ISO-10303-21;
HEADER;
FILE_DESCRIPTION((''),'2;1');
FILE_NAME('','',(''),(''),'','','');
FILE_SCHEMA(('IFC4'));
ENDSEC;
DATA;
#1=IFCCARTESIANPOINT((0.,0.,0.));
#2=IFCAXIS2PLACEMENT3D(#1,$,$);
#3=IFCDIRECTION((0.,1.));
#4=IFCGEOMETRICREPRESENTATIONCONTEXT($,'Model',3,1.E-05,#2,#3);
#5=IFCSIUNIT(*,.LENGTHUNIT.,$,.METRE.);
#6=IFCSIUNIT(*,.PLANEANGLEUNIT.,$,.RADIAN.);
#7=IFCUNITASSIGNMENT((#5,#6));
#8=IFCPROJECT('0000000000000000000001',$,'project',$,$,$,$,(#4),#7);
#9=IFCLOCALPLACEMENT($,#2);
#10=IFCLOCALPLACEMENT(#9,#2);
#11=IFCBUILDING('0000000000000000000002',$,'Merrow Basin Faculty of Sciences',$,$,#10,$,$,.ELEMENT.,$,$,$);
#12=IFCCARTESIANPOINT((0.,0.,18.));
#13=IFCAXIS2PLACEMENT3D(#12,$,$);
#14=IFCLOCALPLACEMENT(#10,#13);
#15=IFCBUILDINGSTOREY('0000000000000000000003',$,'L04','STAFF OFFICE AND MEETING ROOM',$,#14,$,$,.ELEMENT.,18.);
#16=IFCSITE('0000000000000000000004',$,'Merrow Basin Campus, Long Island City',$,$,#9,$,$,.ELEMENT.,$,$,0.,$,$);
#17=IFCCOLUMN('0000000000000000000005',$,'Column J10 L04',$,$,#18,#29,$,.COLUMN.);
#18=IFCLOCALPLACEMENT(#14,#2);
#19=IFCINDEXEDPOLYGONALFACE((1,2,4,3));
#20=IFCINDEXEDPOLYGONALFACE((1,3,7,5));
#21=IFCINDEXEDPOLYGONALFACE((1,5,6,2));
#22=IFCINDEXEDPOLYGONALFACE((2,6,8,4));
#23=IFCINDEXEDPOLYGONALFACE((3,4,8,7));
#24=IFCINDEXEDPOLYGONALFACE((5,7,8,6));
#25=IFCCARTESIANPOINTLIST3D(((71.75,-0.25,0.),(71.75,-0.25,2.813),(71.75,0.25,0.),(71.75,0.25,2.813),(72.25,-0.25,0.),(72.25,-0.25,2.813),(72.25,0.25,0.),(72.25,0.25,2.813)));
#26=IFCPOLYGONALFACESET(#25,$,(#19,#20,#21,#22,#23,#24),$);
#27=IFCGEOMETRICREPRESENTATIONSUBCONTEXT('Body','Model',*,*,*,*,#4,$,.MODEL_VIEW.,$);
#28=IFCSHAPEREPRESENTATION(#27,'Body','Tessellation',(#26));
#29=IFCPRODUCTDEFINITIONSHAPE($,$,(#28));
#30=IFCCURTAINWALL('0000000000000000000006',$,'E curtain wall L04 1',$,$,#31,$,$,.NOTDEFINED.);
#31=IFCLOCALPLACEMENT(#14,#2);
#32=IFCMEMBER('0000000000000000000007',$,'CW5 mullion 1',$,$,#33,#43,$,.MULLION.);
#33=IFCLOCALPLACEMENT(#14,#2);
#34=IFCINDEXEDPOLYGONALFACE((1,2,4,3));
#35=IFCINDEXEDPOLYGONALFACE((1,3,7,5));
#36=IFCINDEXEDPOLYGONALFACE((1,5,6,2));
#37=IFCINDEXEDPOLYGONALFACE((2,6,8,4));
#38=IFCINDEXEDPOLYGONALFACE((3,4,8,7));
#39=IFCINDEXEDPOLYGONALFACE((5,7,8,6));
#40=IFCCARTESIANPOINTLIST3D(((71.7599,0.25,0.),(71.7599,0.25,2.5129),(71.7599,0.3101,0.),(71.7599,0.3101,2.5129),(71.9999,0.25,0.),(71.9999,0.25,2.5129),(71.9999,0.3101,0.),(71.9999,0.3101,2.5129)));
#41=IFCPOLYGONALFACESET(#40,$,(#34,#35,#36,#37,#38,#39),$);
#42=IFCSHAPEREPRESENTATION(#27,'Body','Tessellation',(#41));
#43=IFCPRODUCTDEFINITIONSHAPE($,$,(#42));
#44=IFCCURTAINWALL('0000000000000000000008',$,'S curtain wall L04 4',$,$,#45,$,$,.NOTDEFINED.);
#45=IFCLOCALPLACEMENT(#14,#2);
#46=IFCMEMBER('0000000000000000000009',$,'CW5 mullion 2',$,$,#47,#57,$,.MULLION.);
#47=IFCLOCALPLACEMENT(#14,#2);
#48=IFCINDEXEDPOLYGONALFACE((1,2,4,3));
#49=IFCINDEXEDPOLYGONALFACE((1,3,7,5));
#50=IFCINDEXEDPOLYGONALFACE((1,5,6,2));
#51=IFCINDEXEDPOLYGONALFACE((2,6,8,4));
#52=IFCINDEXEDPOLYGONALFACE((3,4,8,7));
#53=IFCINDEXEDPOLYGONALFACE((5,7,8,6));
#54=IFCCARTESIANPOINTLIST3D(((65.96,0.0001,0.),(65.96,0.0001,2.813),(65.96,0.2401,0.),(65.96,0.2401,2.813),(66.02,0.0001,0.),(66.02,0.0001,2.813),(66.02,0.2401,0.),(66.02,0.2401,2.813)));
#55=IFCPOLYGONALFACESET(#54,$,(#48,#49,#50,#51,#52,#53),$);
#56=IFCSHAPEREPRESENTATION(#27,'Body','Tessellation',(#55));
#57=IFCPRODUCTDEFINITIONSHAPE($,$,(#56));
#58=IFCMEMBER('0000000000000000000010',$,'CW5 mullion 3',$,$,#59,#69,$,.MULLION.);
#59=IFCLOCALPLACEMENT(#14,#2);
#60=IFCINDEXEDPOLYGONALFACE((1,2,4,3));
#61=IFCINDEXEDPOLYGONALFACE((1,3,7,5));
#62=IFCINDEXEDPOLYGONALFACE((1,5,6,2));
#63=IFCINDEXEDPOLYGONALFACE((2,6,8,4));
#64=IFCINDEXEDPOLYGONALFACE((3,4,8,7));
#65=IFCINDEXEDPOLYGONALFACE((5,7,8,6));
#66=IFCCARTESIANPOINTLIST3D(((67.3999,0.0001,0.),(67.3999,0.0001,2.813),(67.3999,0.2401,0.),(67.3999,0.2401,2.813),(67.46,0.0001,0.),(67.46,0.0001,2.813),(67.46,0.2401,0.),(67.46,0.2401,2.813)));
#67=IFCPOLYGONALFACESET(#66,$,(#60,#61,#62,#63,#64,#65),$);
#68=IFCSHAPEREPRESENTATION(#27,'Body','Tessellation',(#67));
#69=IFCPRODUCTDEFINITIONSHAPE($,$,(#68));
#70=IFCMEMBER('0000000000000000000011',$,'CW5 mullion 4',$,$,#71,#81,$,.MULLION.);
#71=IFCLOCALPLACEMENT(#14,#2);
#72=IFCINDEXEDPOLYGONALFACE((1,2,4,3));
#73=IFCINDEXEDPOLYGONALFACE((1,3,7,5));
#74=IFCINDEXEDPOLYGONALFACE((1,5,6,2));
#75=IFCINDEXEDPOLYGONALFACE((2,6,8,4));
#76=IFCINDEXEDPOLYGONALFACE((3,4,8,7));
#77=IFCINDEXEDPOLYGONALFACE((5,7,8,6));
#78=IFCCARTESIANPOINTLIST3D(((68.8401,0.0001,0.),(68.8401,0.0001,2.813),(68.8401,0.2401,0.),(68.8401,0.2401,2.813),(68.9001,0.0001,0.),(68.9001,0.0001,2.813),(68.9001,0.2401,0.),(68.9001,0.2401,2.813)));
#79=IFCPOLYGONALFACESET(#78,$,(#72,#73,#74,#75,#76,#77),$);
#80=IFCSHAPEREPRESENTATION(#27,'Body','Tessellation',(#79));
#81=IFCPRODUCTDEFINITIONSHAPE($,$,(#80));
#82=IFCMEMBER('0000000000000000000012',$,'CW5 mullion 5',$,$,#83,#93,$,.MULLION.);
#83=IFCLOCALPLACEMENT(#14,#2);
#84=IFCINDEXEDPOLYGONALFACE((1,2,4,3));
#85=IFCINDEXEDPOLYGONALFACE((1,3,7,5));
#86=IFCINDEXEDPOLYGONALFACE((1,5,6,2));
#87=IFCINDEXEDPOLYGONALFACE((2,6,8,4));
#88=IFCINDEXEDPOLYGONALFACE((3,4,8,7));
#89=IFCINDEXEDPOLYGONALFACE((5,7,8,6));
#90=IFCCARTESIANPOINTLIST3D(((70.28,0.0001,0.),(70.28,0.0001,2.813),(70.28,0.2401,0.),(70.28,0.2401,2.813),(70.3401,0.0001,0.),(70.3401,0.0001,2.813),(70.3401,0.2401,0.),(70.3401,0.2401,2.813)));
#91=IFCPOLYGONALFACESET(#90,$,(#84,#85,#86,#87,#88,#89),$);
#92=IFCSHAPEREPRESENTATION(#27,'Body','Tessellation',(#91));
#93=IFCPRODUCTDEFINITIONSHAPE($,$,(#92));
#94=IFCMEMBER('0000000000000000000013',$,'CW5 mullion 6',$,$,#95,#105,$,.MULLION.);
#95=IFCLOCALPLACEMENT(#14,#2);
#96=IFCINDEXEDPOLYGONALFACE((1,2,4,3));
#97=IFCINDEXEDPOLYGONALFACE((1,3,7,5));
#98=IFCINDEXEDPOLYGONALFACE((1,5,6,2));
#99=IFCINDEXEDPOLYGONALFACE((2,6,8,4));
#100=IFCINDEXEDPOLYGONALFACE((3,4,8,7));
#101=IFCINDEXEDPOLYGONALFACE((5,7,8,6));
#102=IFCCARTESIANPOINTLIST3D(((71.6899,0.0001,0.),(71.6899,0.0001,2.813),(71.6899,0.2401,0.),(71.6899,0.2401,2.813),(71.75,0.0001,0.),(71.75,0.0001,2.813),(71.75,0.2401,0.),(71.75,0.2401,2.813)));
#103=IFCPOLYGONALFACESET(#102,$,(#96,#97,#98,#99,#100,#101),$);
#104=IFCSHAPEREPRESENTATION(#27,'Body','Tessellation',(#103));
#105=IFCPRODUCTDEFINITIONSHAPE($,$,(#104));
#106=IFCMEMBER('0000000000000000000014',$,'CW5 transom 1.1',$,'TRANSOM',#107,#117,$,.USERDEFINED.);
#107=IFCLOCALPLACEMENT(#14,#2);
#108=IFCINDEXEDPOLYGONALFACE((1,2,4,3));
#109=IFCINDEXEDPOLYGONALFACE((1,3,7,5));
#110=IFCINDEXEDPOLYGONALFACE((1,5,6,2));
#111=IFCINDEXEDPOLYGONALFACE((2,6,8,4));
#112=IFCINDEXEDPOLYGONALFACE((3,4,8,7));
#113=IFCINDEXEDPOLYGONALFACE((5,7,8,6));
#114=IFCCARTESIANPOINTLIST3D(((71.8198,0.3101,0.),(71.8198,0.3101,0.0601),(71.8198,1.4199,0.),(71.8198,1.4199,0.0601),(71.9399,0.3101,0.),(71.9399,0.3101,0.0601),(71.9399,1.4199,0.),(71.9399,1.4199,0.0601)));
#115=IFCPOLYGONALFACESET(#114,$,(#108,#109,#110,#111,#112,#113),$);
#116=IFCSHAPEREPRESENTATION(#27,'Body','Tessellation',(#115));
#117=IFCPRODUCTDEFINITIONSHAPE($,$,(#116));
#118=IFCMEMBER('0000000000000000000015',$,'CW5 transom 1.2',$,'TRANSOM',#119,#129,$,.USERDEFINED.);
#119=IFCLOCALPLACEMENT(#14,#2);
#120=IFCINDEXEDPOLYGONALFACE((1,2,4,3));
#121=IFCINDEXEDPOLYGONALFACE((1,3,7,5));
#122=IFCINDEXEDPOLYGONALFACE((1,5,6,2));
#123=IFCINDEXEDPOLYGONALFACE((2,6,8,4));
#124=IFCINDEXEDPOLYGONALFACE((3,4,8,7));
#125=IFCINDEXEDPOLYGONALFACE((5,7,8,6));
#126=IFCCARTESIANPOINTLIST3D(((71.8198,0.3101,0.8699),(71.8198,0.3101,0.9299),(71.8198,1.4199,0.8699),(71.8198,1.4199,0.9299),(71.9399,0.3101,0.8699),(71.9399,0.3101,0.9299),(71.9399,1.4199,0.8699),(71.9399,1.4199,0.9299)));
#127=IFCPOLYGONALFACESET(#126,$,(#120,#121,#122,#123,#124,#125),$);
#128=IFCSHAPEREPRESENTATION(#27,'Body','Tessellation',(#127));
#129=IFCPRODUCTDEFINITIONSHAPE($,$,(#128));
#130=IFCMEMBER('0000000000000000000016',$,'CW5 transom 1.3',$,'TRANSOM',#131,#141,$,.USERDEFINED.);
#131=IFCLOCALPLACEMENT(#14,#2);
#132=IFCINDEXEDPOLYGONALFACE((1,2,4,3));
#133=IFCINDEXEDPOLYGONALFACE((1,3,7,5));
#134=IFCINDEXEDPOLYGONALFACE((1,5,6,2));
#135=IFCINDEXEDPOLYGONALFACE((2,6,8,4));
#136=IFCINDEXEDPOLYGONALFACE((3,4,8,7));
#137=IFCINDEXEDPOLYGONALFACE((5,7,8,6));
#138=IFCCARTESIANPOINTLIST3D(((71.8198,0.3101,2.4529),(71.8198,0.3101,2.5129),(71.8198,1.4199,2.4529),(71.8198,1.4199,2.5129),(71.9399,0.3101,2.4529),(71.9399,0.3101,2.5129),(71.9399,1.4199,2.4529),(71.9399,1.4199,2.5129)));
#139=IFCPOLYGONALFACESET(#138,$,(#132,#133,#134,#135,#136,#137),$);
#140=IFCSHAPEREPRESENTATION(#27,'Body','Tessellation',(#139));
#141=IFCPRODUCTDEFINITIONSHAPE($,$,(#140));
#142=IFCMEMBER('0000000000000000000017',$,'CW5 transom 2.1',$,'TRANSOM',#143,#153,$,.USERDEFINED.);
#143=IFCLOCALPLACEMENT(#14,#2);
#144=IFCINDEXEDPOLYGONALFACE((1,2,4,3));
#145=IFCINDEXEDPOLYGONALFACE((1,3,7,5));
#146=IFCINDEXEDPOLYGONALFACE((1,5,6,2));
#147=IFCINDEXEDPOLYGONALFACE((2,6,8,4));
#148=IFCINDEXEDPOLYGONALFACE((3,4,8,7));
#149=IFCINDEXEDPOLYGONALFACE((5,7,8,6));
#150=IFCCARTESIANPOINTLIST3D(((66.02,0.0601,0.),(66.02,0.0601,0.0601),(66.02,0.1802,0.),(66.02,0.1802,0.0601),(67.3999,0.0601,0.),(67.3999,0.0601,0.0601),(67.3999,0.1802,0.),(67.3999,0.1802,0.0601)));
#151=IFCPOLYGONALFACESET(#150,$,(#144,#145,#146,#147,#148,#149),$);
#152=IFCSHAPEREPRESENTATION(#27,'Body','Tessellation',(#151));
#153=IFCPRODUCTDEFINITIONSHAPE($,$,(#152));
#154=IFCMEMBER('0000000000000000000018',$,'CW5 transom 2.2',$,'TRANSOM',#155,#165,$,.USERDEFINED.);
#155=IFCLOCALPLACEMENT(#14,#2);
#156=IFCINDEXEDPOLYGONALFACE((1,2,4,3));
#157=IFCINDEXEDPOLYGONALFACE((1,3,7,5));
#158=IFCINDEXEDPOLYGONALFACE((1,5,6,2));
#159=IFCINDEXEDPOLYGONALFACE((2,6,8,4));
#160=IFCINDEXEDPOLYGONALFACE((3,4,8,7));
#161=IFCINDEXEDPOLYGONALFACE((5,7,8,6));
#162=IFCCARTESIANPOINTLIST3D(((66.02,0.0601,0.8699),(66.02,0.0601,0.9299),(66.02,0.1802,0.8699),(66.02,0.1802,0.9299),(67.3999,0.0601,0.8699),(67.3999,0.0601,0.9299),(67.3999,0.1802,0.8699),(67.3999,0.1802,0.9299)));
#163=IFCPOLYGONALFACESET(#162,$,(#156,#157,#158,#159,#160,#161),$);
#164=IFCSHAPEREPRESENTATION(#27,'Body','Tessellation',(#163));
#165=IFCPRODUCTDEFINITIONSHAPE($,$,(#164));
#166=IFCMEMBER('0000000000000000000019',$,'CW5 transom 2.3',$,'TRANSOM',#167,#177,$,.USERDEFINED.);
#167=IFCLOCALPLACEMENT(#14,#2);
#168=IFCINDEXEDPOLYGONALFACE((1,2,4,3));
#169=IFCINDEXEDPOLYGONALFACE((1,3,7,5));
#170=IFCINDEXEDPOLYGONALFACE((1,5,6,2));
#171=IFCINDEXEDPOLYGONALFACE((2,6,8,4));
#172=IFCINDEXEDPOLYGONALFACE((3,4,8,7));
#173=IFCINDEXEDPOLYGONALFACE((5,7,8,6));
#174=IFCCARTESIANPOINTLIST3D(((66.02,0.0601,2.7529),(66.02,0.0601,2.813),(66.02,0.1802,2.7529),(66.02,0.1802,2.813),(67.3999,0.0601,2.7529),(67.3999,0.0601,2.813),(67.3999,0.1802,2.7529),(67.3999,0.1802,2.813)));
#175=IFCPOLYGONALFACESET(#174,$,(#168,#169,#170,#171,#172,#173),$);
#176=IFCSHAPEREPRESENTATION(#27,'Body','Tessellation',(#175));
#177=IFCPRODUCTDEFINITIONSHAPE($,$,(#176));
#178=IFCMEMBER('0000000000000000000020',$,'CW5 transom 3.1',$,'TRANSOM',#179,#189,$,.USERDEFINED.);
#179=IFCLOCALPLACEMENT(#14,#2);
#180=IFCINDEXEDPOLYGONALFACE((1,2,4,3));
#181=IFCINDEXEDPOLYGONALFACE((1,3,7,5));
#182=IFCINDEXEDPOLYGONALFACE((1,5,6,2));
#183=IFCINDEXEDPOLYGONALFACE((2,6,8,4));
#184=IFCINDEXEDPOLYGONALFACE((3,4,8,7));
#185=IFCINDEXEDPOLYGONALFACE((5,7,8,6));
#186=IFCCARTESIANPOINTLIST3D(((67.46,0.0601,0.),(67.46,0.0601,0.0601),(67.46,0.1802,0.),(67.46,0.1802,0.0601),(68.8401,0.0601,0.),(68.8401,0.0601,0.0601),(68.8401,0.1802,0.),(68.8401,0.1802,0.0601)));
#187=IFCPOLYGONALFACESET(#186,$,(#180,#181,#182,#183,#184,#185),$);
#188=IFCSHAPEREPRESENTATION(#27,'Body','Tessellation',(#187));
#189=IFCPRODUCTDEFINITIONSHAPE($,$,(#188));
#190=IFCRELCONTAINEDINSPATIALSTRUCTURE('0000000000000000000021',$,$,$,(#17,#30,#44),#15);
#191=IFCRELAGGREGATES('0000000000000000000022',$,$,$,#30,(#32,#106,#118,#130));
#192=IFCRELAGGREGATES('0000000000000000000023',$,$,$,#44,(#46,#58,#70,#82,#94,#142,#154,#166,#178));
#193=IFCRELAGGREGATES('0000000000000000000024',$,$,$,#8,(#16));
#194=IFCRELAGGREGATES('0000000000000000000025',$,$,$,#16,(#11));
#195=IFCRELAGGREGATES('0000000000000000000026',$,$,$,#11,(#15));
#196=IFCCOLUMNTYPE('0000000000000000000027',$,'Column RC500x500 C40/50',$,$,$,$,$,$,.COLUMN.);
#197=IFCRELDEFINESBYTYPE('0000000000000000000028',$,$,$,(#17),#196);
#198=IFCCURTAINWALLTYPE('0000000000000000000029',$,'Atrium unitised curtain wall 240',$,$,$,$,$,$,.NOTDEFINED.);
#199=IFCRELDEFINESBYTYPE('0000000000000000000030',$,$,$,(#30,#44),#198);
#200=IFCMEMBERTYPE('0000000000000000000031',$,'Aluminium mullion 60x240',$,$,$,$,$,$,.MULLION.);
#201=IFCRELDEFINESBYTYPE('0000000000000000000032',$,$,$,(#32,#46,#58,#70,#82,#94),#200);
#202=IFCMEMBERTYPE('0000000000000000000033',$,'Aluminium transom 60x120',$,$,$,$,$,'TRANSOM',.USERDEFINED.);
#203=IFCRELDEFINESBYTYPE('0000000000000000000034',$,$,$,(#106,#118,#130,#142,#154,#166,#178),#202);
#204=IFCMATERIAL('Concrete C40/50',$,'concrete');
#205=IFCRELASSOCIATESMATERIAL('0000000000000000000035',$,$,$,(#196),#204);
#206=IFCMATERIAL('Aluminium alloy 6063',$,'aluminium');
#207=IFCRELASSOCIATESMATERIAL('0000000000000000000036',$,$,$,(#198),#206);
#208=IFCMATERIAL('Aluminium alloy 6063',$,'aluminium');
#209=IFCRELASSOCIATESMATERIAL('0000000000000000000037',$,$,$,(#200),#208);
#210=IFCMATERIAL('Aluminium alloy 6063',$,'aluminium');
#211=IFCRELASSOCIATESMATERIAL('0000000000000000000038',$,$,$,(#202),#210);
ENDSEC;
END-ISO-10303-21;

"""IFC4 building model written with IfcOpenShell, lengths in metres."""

from ifc_helpers import new_model, si_unit, direction, frame, origin, origin_2d, place, context, subcontext, project, spatial, rectangle, extrude, material, material_profile, profile_set, type_object, element, aggregate, save


model = new_model("IFC4")

# Units and contexts
model_context = context("Model", 3, precision=1e-05, world=origin(), true_north=direction((0.0, 1.0)))
body_context = subcontext(model_context, "Body", "Model", "MODEL_VIEW")
ifc_project = project(units=[si_unit("LENGTHUNIT", "METRE"), si_unit("PLANEANGLEUNIT", "RADIAN")], contexts=[model_context])

# Site, building, storey
site_placement = place(None, origin())
site = spatial("IfcSite", under=ifc_project, at=site_placement, Name="Merrow Basin Campus, Long Island City", CompositionType="ELEMENT", RefElevation=0.0)
building_placement = place(site_placement, origin())
building = spatial("IfcBuilding", under=site, at=building_placement, Name="Merrow Basin Faculty of Sciences", CompositionType="ELEMENT")
storey_placement = place(building_placement, frame((0.0, 0.0, 18.0)))
storey = spatial("IfcBuildingStorey", under=building, at=storey_placement, Name="L04", Description="STAFF OFFICE AND MEETING ROOM", CompositionType="ELEMENT", Elevation=18.0)

# Column
ifc_material_1 = material(Name="Concrete C40/50", Category="concrete")
ifc_material_profile_1 = material_profile(ifc_material_1, rectangle(XDim=0.5, YDim=0.5, at=origin_2d()))
ifc_profile_set_1 = profile_set([ifc_material_profile_1], Name="Concrete C40/50")
column_type = type_object("IfcColumnType", Name="Column RC500x500 C40/50", PredefinedType="COLUMN", material=ifc_profile_set_1)
column_placement = place(storey_placement, frame((72.0, 0.0, 0.0), z_axis=(0.0, 0.0, 1.0), x_axis=(1.0, 0.0, 0.0)))
element("IfcColumn", 1, at=column_placement, inside=storey, type_object=column_type, Name="Column J10 L04", PredefinedType="COLUMN", context=body_context, shape_type="SweptSolid", body=[
    extrude(rectangle(XDim=0.5, YDim=0.5, at=origin_2d()), origin(), (0.0, 0.0, 1.0), 2.813),
])

# Curtain wall, member
ifc_material_2 = material(Name="Aluminium alloy 6063", Category="aluminium")
curtain_wall_type = type_object("IfcCurtainWallType", Name="Atrium unitised curtain wall 240", PredefinedType="NOTDEFINED", material=ifc_material_2)
curtain_wall_1_placement = place(storey_placement, origin())
curtain_wall_1 = element("IfcCurtainWall", 2, at=curtain_wall_1_placement, inside=storey, type_object=curtain_wall_type, Name="E curtain wall L04 1", PredefinedType="NOTDEFINED")
ifc_material_3 = material(Name="Aluminium alloy 6063", Category="aluminium")
ifc_material_profile_2 = material_profile(ifc_material_3, rectangle(XDim=0.24, YDim=0.0601, at=origin_2d()))
ifc_profile_set_2 = profile_set([ifc_material_profile_2], Name="Aluminium alloy 6063")
member_type_1 = type_object("IfcMemberType", Name="Aluminium mullion 60x240", PredefinedType="MULLION", material=ifc_profile_set_2)
member_1_placement = place(storey_placement, frame((71.8799, 0.28, 0.0), z_axis=(0.0, 0.0, 1.0), x_axis=(-1.0, 0.0, 0.0)))
member_1 = element("IfcMember", 3, at=member_1_placement, type_object=member_type_1, Name="CW5 mullion 1", PredefinedType="MULLION", context=body_context, shape_type="SweptSolid", body=[
    extrude(rectangle(XDim=0.24, YDim=0.0601, at=origin_2d()), origin(), (0.0, 0.0, 1.0), 2.5129),
])

# Curtain wall, members
curtain_wall_2_placement = place(storey_placement, origin())
curtain_wall_2 = element("IfcCurtainWall", 4, at=curtain_wall_2_placement, inside=storey, type_object=curtain_wall_type, Name="S curtain wall L04 4", PredefinedType="NOTDEFINED")
member_2_placement = place(storey_placement, frame((65.99, 0.1201, 0.0), z_axis=(0.0, 0.0, 1.0), x_axis=(0.0, 1.0, 0.0)))
member_2 = element("IfcMember", 5, at=member_2_placement, type_object=member_type_1, Name="CW5 mullion 2", PredefinedType="MULLION", context=body_context, shape_type="SweptSolid", body=[
    extrude(rectangle(XDim=0.24, YDim=0.0601, at=origin_2d()), origin(), (0.0, 0.0, 1.0), 2.813),
])
member_3_placement = place(storey_placement, frame((67.4299, 0.1201, 0.0), z_axis=(0.0, 0.0, 1.0), x_axis=(0.0, 1.0, 0.0)))
member_3 = element("IfcMember", 6, at=member_3_placement, type_object=member_type_1, Name="CW5 mullion 3", PredefinedType="MULLION", context=body_context, shape_type="SweptSolid", body=[
    extrude(rectangle(XDim=0.24, YDim=0.0601, at=origin_2d()), origin(), (0.0, 0.0, 1.0), 2.813),
])
member_4_placement = place(storey_placement, frame((68.8701, 0.1201, 0.0), z_axis=(0.0, 0.0, 1.0), x_axis=(0.0, 1.0, 0.0)))
member_4 = element("IfcMember", 7, at=member_4_placement, type_object=member_type_1, Name="CW5 mullion 4", PredefinedType="MULLION", context=body_context, shape_type="SweptSolid", body=[
    extrude(rectangle(XDim=0.24, YDim=0.0601, at=origin_2d()), origin(), (0.0, 0.0, 1.0), 2.813),
])
member_5_placement = place(storey_placement, frame((70.3101, 0.1201, 0.0), z_axis=(0.0, 0.0, 1.0), x_axis=(0.0, 1.0, 0.0)))
member_5 = element("IfcMember", 8, at=member_5_placement, type_object=member_type_1, Name="CW5 mullion 5", PredefinedType="MULLION", context=body_context, shape_type="SweptSolid", body=[
    extrude(rectangle(XDim=0.24, YDim=0.0601, at=origin_2d()), origin(), (0.0, 0.0, 1.0), 2.813),
])
member_6_placement = place(storey_placement, frame((71.72, 0.1201, 0.0), z_axis=(0.0, 0.0, 1.0), x_axis=(0.0, 1.0, 0.0)))
member_6 = element("IfcMember", 9, at=member_6_placement, type_object=member_type_1, Name="CW5 mullion 6", PredefinedType="MULLION", context=body_context, shape_type="SweptSolid", body=[
    extrude(rectangle(XDim=0.24, YDim=0.0601, at=origin_2d()), origin(), (0.0, 0.0, 1.0), 2.813),
])

# Members
ifc_material_4 = material(Name="Aluminium alloy 6063", Category="aluminium")
ifc_material_profile_3 = material_profile(ifc_material_4, rectangle(XDim=0.1201, YDim=0.0601, at=origin_2d()))
ifc_profile_set_3 = profile_set([ifc_material_profile_3], Name="Aluminium alloy 6063")
member_type_2 = type_object("IfcMemberType", Name="Aluminium transom 60x120", ElementType="TRANSOM", PredefinedType="USERDEFINED", material=ifc_profile_set_3)
member_7_placement = place(storey_placement, frame((71.8799, 0.3101, 0.03), z_axis=(0.0, 1.0, 0.0), x_axis=(-1.0, 0.0, 0.0)))
member_7 = element("IfcMember", 10, at=member_7_placement, type_object=member_type_2, Name="CW5 transom 1.1", ObjectType="TRANSOM", PredefinedType="USERDEFINED", context=body_context, shape_type="SweptSolid", body=[
    extrude(rectangle(XDim=0.1201, YDim=0.0601, at=origin_2d()), origin(), (0.0, 0.0, 1.0), 1.1099),
])
member_8_placement = place(storey_placement, frame((71.8799, 0.3101, 0.8999), z_axis=(0.0, 1.0, 0.0), x_axis=(-1.0, 0.0, 0.0)))
member_8 = element("IfcMember", 11, at=member_8_placement, type_object=member_type_2, Name="CW5 transom 1.2", ObjectType="TRANSOM", PredefinedType="USERDEFINED", context=body_context, shape_type="SweptSolid", body=[
    extrude(rectangle(XDim=0.1201, YDim=0.0601, at=origin_2d()), origin(), (0.0, 0.0, 1.0), 1.1099),
])
member_9_placement = place(storey_placement, frame((71.8799, 0.3101, 2.4829), z_axis=(0.0, 1.0, 0.0), x_axis=(-1.0, 0.0, 0.0)))
member_9 = element("IfcMember", 12, at=member_9_placement, type_object=member_type_2, Name="CW5 transom 1.3", ObjectType="TRANSOM", PredefinedType="USERDEFINED", context=body_context, shape_type="SweptSolid", body=[
    extrude(rectangle(XDim=0.1201, YDim=0.0601, at=origin_2d()), origin(), (0.0, 0.0, 1.0), 1.1099),
])
member_10_placement = place(storey_placement, frame((66.02, 0.1201, 0.03), z_axis=(1.0, 0.0, 0.0), x_axis=(0.0, 1.0, 0.0)))
member_10 = element("IfcMember", 13, at=member_10_placement, type_object=member_type_2, Name="CW5 transom 2.1", ObjectType="TRANSOM", PredefinedType="USERDEFINED", context=body_context, shape_type="SweptSolid", body=[
    extrude(rectangle(XDim=0.1201, YDim=0.0601, at=origin_2d()), origin(), (0.0, 0.0, 1.0), 1.3799),
])
member_11_placement = place(storey_placement, frame((66.02, 0.1201, 0.8999), z_axis=(1.0, 0.0, 0.0), x_axis=(0.0, 1.0, 0.0)))
member_11 = element("IfcMember", 14, at=member_11_placement, type_object=member_type_2, Name="CW5 transom 2.2", ObjectType="TRANSOM", PredefinedType="USERDEFINED", context=body_context, shape_type="SweptSolid", body=[
    extrude(rectangle(XDim=0.1201, YDim=0.0601, at=origin_2d()), origin(), (0.0, 0.0, 1.0), 1.3799),
])
member_12_placement = place(storey_placement, frame((66.02, 0.1201, 2.783), z_axis=(1.0, 0.0, 0.0), x_axis=(0.0, 1.0, 0.0)))
member_12 = element("IfcMember", 15, at=member_12_placement, type_object=member_type_2, Name="CW5 transom 2.3", ObjectType="TRANSOM", PredefinedType="USERDEFINED", context=body_context, shape_type="SweptSolid", body=[
    extrude(rectangle(XDim=0.1201, YDim=0.0601, at=origin_2d()), origin(), (0.0, 0.0, 1.0), 1.3799),
])
member_13_placement = place(storey_placement, frame((67.46, 0.1201, 0.03), z_axis=(1.0, 0.0, 0.0), x_axis=(0.0, 1.0, 0.0)))
member_13 = element("IfcMember", 16, at=member_13_placement, type_object=member_type_2, Name="CW5 transom 3.1", ObjectType="TRANSOM", PredefinedType="USERDEFINED", context=body_context, shape_type="SweptSolid", body=[
    extrude(rectangle(XDim=0.1201, YDim=0.0601, at=origin_2d()), origin(), (0.0, 0.0, 1.0), 1.3801),
])

aggregate(curtain_wall_1, [member_1, member_7, member_8, member_9])
aggregate(curtain_wall_2, [member_2, member_3, member_4, member_5, member_6, member_10, member_11, member_12, member_13])

save(model, "model.ifc")
